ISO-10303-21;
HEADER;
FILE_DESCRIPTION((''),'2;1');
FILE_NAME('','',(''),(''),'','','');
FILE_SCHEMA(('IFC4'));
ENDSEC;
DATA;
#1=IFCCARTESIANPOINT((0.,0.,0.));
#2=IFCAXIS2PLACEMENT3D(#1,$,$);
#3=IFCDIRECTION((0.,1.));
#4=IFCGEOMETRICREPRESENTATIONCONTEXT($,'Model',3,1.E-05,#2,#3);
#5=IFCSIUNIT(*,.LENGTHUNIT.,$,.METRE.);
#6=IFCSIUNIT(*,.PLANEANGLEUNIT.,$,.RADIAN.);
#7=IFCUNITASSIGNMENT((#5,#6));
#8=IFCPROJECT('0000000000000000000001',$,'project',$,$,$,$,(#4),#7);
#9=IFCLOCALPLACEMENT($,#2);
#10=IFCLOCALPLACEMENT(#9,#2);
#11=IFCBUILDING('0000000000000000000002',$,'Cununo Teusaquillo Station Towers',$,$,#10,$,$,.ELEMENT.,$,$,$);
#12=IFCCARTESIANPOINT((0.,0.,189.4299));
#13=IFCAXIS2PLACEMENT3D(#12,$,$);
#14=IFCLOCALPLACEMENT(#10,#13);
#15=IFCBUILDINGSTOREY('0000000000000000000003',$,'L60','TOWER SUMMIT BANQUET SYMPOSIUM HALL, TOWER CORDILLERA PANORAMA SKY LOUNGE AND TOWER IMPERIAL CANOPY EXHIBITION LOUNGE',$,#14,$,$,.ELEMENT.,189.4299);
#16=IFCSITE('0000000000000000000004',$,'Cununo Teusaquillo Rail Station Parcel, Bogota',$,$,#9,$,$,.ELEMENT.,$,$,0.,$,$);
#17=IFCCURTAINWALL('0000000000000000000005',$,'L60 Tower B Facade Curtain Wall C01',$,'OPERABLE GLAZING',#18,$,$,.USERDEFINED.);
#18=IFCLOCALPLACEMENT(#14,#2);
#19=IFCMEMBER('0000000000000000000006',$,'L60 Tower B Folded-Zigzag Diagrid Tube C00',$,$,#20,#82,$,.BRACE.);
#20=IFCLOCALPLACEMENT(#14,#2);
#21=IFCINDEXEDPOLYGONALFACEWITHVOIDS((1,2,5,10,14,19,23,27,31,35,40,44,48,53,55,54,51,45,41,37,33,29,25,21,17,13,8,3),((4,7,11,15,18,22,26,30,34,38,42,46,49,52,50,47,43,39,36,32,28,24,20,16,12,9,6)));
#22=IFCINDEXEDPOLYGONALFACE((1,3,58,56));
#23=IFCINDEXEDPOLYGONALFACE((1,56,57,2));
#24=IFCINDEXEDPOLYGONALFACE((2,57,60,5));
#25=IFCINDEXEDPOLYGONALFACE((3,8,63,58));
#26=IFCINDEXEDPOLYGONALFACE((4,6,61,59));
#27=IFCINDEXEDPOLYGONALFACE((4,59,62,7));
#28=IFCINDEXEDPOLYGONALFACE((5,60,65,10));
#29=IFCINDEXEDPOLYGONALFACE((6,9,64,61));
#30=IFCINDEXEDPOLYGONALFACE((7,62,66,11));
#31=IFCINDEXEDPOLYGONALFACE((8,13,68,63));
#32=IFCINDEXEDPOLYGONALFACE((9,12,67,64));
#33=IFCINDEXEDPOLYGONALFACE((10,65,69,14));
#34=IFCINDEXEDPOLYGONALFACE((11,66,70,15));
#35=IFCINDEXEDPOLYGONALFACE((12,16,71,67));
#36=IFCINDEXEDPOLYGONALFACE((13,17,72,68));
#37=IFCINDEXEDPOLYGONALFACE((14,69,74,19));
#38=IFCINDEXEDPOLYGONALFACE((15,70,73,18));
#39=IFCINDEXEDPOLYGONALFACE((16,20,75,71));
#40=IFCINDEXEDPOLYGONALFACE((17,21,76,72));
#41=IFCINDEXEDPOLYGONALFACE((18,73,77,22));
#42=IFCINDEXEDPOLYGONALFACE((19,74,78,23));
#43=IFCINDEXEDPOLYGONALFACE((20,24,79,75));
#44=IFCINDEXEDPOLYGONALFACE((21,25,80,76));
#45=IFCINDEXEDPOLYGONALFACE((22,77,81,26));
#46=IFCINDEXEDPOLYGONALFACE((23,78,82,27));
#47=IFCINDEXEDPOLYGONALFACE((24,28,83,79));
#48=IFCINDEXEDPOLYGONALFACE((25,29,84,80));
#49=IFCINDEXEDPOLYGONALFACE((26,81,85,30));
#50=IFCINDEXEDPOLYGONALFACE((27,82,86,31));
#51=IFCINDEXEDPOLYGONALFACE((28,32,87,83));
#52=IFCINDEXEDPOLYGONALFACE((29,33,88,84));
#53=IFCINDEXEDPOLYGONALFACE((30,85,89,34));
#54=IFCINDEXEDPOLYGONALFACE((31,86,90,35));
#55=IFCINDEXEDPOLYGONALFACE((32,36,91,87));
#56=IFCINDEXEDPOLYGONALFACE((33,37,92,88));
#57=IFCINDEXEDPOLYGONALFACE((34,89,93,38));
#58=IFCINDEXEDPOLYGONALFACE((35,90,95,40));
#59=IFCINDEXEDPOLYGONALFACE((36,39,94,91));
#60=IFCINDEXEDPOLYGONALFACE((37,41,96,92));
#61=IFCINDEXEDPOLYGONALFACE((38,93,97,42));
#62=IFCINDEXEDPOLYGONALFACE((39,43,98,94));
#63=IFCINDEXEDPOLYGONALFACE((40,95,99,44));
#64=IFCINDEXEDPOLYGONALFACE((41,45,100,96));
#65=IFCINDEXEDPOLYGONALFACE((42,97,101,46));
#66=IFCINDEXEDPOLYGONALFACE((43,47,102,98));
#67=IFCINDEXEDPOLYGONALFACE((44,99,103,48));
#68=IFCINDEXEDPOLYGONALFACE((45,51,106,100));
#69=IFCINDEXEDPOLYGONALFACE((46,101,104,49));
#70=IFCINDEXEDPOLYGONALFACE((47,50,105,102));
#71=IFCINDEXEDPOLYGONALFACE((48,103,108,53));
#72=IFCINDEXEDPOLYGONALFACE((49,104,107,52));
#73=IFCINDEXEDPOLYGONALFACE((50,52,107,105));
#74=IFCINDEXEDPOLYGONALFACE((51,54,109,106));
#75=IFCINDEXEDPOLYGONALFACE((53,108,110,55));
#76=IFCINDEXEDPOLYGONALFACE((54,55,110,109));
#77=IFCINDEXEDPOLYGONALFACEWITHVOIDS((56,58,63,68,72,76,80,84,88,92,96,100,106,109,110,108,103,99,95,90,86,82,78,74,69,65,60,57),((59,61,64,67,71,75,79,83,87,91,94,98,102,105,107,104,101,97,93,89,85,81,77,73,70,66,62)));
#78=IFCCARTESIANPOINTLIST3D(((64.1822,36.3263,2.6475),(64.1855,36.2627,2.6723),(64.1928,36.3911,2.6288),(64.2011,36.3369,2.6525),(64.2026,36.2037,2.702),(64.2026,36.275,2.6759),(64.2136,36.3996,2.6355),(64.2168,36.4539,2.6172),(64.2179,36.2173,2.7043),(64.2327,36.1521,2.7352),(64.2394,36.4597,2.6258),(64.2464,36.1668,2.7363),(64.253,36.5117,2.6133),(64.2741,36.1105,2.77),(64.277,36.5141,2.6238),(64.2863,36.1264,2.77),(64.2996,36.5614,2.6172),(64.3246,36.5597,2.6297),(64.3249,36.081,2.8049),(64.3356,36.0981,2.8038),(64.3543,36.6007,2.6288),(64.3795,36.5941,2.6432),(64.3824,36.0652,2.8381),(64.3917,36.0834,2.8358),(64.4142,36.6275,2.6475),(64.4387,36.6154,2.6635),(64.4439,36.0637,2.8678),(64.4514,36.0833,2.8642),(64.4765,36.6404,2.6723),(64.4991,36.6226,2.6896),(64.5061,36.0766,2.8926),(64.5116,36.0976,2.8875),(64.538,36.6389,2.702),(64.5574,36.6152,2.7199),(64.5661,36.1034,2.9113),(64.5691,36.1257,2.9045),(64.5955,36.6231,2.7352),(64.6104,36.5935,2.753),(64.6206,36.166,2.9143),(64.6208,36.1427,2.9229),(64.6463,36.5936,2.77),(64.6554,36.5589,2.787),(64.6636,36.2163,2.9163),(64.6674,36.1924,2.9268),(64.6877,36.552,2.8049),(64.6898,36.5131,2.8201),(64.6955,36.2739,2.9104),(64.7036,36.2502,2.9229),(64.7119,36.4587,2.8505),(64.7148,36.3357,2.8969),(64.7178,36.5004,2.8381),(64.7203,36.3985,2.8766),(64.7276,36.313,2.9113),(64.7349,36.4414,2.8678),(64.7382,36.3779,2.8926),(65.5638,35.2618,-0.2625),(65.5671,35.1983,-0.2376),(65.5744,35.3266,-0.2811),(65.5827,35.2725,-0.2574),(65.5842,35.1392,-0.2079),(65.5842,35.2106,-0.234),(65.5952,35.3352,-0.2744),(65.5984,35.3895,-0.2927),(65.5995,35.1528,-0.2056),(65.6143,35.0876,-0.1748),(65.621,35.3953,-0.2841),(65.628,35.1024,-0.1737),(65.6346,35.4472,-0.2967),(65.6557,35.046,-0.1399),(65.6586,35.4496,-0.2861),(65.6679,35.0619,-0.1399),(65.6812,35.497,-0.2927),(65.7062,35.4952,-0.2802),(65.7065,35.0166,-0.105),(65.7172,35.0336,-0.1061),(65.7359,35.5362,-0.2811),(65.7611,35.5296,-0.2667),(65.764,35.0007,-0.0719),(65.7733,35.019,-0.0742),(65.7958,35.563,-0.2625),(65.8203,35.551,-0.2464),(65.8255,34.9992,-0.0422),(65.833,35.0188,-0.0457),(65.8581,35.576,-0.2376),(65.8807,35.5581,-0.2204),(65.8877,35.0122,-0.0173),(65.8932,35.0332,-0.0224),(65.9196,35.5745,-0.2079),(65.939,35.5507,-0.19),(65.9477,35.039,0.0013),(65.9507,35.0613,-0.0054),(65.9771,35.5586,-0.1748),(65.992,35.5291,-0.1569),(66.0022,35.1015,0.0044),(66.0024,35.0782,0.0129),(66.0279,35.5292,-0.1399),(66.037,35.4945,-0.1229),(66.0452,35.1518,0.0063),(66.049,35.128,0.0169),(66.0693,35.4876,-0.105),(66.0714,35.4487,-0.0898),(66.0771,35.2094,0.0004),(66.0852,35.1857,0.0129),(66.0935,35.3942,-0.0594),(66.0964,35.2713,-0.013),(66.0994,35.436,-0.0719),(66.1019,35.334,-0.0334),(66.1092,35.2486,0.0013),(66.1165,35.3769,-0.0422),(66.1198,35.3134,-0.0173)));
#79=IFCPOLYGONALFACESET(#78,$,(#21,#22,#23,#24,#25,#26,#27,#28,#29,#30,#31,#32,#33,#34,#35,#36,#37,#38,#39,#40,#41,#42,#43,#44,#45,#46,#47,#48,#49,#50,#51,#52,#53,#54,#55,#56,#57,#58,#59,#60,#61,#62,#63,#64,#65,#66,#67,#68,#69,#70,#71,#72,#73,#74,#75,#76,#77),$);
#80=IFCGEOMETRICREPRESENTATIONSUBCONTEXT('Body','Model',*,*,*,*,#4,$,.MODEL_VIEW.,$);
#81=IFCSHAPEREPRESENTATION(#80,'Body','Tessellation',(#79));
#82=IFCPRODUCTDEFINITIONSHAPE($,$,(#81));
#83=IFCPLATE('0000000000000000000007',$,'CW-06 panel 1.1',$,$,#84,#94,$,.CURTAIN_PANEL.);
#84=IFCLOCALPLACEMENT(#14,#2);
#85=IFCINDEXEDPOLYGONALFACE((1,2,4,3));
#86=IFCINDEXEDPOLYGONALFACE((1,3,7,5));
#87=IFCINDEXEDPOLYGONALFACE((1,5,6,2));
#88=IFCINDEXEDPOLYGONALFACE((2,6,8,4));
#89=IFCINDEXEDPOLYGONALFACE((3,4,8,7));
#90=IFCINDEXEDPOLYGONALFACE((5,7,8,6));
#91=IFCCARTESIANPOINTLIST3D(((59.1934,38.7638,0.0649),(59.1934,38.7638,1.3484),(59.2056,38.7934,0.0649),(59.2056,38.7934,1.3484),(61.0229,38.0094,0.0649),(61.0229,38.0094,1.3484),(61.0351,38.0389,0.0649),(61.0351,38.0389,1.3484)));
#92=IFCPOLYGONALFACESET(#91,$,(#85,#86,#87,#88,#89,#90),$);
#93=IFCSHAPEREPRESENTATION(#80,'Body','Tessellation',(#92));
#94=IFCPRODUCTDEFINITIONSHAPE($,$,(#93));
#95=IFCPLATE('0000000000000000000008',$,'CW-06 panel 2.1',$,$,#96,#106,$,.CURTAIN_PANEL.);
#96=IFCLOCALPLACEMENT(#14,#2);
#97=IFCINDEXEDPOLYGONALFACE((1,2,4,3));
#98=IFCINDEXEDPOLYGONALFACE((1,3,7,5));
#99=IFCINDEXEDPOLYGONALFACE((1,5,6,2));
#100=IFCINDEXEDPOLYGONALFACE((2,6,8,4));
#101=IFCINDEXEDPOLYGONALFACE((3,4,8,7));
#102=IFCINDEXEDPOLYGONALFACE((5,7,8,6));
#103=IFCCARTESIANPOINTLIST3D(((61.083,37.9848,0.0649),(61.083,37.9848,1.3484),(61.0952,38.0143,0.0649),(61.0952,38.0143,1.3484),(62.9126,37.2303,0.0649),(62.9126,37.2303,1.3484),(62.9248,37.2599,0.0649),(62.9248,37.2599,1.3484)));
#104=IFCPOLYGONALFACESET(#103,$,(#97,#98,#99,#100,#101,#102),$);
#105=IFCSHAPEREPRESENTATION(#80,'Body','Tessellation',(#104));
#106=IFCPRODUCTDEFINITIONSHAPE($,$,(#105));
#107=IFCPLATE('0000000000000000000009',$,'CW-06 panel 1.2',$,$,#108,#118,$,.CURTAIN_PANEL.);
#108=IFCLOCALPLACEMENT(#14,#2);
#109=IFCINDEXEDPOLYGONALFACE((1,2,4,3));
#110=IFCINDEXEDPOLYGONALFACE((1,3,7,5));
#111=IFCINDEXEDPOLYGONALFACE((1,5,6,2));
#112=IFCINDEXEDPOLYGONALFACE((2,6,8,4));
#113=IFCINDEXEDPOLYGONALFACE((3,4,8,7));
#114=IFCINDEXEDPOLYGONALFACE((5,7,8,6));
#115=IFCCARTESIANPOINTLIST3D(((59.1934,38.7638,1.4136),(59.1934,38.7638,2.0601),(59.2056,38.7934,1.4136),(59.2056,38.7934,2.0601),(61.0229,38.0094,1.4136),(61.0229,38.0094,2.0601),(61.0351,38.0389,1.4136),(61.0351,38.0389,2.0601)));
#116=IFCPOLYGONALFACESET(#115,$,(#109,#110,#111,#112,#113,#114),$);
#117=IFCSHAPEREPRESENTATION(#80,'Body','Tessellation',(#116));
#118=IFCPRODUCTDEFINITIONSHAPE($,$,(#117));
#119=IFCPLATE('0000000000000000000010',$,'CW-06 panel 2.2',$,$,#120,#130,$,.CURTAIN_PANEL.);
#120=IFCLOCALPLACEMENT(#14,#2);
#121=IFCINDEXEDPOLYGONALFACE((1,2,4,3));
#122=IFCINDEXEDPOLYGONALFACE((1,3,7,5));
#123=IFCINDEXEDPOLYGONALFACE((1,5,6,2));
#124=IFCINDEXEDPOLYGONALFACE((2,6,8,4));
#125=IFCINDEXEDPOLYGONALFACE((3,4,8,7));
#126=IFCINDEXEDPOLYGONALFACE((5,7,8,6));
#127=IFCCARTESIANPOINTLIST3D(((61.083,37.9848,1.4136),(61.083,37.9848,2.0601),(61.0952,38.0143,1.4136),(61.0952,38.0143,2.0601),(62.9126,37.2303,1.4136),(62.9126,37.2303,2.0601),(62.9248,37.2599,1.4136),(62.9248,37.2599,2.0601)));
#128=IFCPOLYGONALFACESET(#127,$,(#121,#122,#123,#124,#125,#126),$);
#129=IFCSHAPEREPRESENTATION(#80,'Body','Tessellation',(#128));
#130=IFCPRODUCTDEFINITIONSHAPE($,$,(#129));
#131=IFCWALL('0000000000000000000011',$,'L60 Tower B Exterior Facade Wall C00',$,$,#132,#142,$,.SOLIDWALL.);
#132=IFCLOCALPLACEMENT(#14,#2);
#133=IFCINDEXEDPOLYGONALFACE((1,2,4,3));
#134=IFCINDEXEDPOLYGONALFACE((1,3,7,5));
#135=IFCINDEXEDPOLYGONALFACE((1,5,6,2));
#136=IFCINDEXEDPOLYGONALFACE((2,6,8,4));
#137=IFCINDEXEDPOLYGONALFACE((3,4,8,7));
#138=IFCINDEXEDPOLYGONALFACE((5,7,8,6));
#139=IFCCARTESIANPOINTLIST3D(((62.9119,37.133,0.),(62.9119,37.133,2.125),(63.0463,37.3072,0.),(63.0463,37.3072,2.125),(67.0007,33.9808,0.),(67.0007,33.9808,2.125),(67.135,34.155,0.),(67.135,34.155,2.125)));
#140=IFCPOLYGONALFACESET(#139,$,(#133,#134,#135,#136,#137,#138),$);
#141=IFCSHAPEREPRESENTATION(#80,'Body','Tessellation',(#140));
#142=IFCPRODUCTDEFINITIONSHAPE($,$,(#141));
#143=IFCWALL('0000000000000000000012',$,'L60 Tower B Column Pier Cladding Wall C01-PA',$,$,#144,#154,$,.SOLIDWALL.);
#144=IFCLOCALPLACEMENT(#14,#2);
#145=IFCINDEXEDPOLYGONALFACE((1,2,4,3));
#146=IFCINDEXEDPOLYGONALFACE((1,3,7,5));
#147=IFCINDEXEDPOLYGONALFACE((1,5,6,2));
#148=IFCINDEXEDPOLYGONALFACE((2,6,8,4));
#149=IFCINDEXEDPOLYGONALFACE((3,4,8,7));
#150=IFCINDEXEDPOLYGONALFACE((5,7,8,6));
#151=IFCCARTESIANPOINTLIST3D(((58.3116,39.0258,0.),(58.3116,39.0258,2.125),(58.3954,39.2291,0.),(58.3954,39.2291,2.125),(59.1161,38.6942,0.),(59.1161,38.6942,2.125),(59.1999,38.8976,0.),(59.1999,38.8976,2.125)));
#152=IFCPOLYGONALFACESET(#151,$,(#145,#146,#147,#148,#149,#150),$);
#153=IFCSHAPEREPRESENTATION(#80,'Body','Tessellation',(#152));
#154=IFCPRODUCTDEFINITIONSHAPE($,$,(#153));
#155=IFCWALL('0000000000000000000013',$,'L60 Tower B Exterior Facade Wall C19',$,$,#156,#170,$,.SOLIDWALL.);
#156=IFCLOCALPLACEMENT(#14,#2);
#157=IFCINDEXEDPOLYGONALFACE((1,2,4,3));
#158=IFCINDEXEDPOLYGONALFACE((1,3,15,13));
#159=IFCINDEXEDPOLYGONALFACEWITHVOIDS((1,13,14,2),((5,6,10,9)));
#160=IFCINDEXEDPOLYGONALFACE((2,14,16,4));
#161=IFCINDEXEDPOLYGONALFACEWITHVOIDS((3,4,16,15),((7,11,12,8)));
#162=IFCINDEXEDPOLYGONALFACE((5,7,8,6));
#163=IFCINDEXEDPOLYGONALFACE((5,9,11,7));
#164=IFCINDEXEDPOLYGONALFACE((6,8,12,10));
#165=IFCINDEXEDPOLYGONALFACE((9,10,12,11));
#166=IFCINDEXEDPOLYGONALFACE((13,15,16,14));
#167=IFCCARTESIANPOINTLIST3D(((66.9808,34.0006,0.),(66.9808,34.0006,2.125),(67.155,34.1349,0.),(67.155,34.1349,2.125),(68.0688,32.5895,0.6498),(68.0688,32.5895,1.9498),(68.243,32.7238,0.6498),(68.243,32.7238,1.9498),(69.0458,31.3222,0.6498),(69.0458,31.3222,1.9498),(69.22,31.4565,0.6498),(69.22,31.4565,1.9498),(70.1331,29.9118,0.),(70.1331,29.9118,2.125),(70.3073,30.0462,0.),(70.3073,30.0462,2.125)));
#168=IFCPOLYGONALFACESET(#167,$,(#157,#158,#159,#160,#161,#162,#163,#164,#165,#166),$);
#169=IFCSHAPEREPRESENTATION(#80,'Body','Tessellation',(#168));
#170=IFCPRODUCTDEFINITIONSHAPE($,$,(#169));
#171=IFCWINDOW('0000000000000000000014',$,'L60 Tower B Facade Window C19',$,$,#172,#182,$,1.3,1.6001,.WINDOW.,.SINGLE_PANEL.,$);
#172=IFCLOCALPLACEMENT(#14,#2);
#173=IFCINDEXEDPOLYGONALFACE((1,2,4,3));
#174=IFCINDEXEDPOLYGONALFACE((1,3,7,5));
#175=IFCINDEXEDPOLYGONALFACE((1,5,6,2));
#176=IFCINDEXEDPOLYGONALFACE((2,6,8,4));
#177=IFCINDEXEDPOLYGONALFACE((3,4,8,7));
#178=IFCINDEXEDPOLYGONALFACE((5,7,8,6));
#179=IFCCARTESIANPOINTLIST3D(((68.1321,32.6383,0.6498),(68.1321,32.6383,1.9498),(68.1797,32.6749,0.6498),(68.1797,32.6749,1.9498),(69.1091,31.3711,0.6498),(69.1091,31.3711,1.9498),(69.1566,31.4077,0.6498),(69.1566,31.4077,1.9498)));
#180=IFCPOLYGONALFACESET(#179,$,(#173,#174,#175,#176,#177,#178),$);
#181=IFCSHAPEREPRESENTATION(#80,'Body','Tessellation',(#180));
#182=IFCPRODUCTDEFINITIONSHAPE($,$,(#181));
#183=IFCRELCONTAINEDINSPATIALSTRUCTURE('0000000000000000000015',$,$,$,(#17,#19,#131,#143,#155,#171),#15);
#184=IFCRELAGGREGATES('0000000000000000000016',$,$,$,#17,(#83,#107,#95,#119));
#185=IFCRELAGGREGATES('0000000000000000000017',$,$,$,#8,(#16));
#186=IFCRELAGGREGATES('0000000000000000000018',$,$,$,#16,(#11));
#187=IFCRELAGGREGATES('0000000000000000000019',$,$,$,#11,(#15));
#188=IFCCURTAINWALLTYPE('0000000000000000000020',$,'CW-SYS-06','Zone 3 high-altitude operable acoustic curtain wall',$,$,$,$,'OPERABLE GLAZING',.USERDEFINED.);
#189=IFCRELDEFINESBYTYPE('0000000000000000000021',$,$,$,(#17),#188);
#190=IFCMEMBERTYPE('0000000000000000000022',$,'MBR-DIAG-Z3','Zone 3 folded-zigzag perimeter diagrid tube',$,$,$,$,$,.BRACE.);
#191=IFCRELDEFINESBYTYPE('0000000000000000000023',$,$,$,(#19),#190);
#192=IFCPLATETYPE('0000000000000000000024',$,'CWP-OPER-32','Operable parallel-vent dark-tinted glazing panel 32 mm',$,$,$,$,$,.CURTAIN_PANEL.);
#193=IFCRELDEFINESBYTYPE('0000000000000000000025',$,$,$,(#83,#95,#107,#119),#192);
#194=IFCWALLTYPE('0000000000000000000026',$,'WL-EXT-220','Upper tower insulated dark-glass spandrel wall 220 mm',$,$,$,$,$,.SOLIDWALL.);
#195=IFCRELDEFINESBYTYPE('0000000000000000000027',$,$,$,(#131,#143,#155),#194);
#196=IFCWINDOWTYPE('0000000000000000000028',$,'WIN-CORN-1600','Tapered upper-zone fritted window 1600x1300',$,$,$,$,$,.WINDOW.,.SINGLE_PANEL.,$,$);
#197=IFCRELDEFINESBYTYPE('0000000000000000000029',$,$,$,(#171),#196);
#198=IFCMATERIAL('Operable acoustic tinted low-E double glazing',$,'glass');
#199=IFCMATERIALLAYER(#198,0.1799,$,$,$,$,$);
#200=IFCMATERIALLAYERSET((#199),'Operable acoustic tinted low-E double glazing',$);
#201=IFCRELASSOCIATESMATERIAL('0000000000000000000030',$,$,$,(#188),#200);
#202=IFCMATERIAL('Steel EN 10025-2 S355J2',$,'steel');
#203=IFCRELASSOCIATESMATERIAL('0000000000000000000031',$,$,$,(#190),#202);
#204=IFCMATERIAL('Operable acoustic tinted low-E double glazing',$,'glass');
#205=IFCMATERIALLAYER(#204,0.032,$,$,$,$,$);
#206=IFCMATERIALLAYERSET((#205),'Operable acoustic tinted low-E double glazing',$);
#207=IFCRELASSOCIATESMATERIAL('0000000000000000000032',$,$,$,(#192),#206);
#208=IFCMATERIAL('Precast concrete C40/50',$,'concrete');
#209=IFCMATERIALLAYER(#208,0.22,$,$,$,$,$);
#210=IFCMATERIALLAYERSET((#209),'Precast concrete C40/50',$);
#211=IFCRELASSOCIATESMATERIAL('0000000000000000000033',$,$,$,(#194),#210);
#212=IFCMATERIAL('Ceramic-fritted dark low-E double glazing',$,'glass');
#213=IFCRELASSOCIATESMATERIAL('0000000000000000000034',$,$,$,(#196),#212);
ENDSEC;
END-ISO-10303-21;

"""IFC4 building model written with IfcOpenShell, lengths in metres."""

from ifc_helpers import new_model, si_unit, direction, frame, frame_2d, origin, origin_2d, place, context, subcontext, project, spatial, rectangle, hollow_circle, extrude, source, transform, mapped, material, layer, layer_set, material_profile, profile_set, type_object, element, fill, aggregate, save


model = new_model("IFC4")

# Units and contexts
model_context = context("Model", 3, precision=1e-05, world=origin(), true_north=direction((0.0, 1.0)))
body_context = subcontext(model_context, "Body", "Model", "MODEL_VIEW")
ifc_project = project(units=[si_unit("LENGTHUNIT", "METRE"), si_unit("PLANEANGLEUNIT", "RADIAN")], contexts=[model_context])

# Site, building, storey
site_placement = place(None, origin())
site = spatial("IfcSite", under=ifc_project, at=site_placement, Name="Cununo Teusaquillo Rail Station Parcel, Bogota", CompositionType="ELEMENT", RefElevation=0.0)
building_placement = place(site_placement, origin())
building = spatial("IfcBuilding", under=site, at=building_placement, Name="Cununo Teusaquillo Station Towers", CompositionType="ELEMENT")
storey_placement = place(building_placement, frame((0.0, 0.0, 189.4299)))
storey = spatial("IfcBuildingStorey", under=building, at=storey_placement, Name="L60", Description="TOWER SUMMIT BANQUET SYMPOSIUM HALL, TOWER CORDILLERA PANORAMA SKY LOUNGE AND TOWER IMPERIAL CANOPY EXHIBITION LOUNGE", CompositionType="ELEMENT", Elevation=189.4299)

# Curtain wall
ifc_material_1 = material(Name="Operable acoustic tinted low-E double glazing", Category="glass")
ifc_layer_1 = layer(ifc_material_1, 0.1799)
ifc_layer_set_1 = layer_set([ifc_layer_1], Name="Operable acoustic tinted low-E double glazing")
curtain_wall_type = type_object("IfcCurtainWallType", Name="CW-SYS-06", Description="Zone 3 high-altitude operable acoustic curtain wall", ElementType="OPERABLE GLAZING", PredefinedType="USERDEFINED", material=ifc_layer_set_1)
curtain_wall_placement = place(storey_placement, origin())
curtain_wall = element("IfcCurtainWall", 1, at=curtain_wall_placement, inside=storey, type_object=curtain_wall_type, Name="L60 Tower B Facade Curtain Wall C01", ObjectType="OPERABLE GLAZING", PredefinedType="USERDEFINED")

# Member
ifc_material_2 = material(Name="Steel EN 10025-2 S355J2", Category="steel")
ifc_material_profile_1 = material_profile(ifc_material_2, hollow_circle(Radius=0.3049, WallThickness=0.02, at=origin_2d()), Name="CHS 610x20")
ifc_profile_set_1 = profile_set([ifc_material_profile_1], Name="Steel EN 10025-2 S355J2")
member_type_1 = type_object("IfcMemberType", Name="MBR-DIAG-Z3", Description="Zone 3 folded-zigzag perimeter diagrid tube", PredefinedType="BRACE", material=ifc_profile_set_1)
member_1_placement = place(storey_placement, frame((65.8418, 35.2876, -0.1399), z_axis=(-0.407242, 0.313761, 0.857734), x_axis=(-0.610319, -0.792155, 0.0)))
element("IfcMember", 2, at=member_1_placement, inside=storey, type_object=member_type_1, Name="L60 Tower B Folded-Zigzag Diagrid Tube C00", PredefinedType="BRACE", context=body_context, shape_type="SweptSolid", body=[
    extrude(hollow_circle(Radius=0.3049, WallThickness=0.02, at=origin_2d()), origin(), (0.0, 0.0, 1.0), 3.3926),
])

# Plates
ifc_material_3 = material(Name="Operable acoustic tinted low-E double glazing", Category="glass")
ifc_layer_2 = layer(ifc_material_3, 0.032)
ifc_layer_set_2 = layer_set([ifc_layer_2], Name="Operable acoustic tinted low-E double glazing")
plate_type = type_object("IfcPlateType", Name="CWP-OPER-32", Description="Operable parallel-vent dark-tinted glazing panel 32 mm", PredefinedType="CURTAIN_PANEL", material=ifc_layer_set_2)
shared_shape_1 = source(origin(), body_context, "Body", "SweptSolid", [
    extrude(rectangle(XDim=1.979, YDim=0.032, at=origin_2d()), origin(), (0.0, 0.0, 1.0), 1.2834),
])
plate_1_placement = place(storey_placement, frame((60.1143, 38.4014, 0.0649), z_axis=(0.0, 0.0, 1.0), x_axis=(0.924481, -0.381229, 0.0)))
plate_1 = element("IfcPlate", 3, at=plate_1_placement, type_object=plate_type, Name="CW-06 panel 1.1", PredefinedType="CURTAIN_PANEL", context=body_context, shape_type="MappedRepresentation", body=[
    mapped(shared_shape_1, transform((0.0, 0.0, 0.0), x_axis=(1.0, 0.0, 0.0), y_axis=(0.0, 1.0, 0.0), z_axis=(0.0, 0.0, 1.0), scale=1.0)),
])
plate_2_placement = place(storey_placement, frame((62.0039, 37.6223, 0.0649), z_axis=(0.0, 0.0, 1.0), x_axis=(0.924481, -0.381229, 0.0)))
plate_2 = element("IfcPlate", 4, at=plate_2_placement, type_object=plate_type, Name="CW-06 panel 2.1", PredefinedType="CURTAIN_PANEL", context=body_context, shape_type="MappedRepresentation", body=[
    mapped(shared_shape_1, transform((0.0, 0.0, 0.0), x_axis=(1.0, 0.0, 0.0), y_axis=(0.0, 1.0, 0.0), z_axis=(0.0, 0.0, 1.0), scale=1.0)),
])
shared_shape_2 = source(origin(), body_context, "Body", "SweptSolid", [
    extrude(rectangle(XDim=1.979, YDim=0.032, at=origin_2d()), origin(), (0.0, 0.0, 1.0), 0.6465),
])
plate_3_placement = place(storey_placement, frame((60.1143, 38.4014, 1.4136), z_axis=(0.0, 0.0, 1.0), x_axis=(0.924481, -0.381229, 0.0)))
plate_3 = element("IfcPlate", 5, at=plate_3_placement, type_object=plate_type, Name="CW-06 panel 1.2", PredefinedType="CURTAIN_PANEL", context=body_context, shape_type="MappedRepresentation", body=[
    mapped(shared_shape_2, transform((0.0, 0.0, 0.0), x_axis=(1.0, 0.0, 0.0), y_axis=(0.0, 1.0, 0.0), z_axis=(0.0, 0.0, 1.0), scale=1.0)),
])
plate_4_placement = place(storey_placement, frame((62.0039, 37.6223, 1.4136), z_axis=(0.0, 0.0, 1.0), x_axis=(0.924481, -0.381229, 0.0)))
plate_4 = element("IfcPlate", 6, at=plate_4_placement, type_object=plate_type, Name="CW-06 panel 2.2", PredefinedType="CURTAIN_PANEL", context=body_context, shape_type="MappedRepresentation", body=[
    mapped(shared_shape_2, transform((0.0, 0.0, 0.0), x_axis=(1.0, 0.0, 0.0), y_axis=(0.0, 1.0, 0.0), z_axis=(0.0, 0.0, 1.0), scale=1.0)),
])
aggregate(curtain_wall, [plate_1, plate_3, plate_2, plate_4])

# Walls
ifc_material_4 = material(Name="Precast concrete C40/50", Category="concrete")
ifc_layer_3 = layer(ifc_material_4, 0.22)
ifc_layer_set_3 = layer_set([ifc_layer_3], Name="Precast concrete C40/50")
wall_type = type_object("IfcWallType", Name="WL-EXT-220", Description="Upper tower insulated dark-glass spandrel wall 220 mm", PredefinedType="SOLIDWALL", material=ifc_layer_set_3)
wall_1_placement = place(storey_placement, frame((62.979, 37.2202, 0.0), z_axis=(0.0, 0.0, 1.0), x_axis=(0.791963, -0.61057, 0.0)))
element("IfcWall", 7, at=wall_1_placement, inside=storey, type_object=wall_type, Name="L60 Tower B Exterior Facade Wall C00", PredefinedType="SOLIDWALL", context=body_context, shape_type="SweptSolid", body=[
    extrude(rectangle(XDim=5.1628, YDim=0.22, at=frame_2d((2.5815, 0.0))), origin(), (0.0, 0.0, 1.0), 2.125),
])
wall_2_placement = place(storey_placement, frame((58.3535, 39.1274, 0.0), z_axis=(0.0, 0.0, 1.0), x_axis=(0.924556, -0.381046, 0.0)))
element("IfcWall", 8, at=wall_2_placement, inside=storey, type_object=wall_type, Name="L60 Tower B Column Pier Cladding Wall C01-PA", PredefinedType="SOLIDWALL", context=body_context, shape_type="SweptSolid", body=[
    extrude(rectangle(XDim=0.8701, YDim=0.22, at=frame_2d((0.4351, 0.0))), origin(), (0.0, 0.0, 1.0), 2.125),
])

# Wall, opening, window
wall_3_placement = place(storey_placement, frame((67.0679, 34.0679, 0.0), z_axis=(0.0, 0.0, 1.0), x_axis=(0.61057, -0.791963, 0.0)))
wall_3 = element("IfcWall", 9, at=wall_3_placement, inside=storey, type_object=wall_type, Name="L60 Tower B Exterior Facade Wall C19", PredefinedType="SOLIDWALL", context=body_context, shape_type="SweptSolid", body=[
    extrude(rectangle(XDim=5.1628, YDim=0.22, at=frame_2d((2.5815, 0.0))), origin(), (0.0, 0.0, 1.0), 2.125),
])
shared_shape_3 = source(origin(), body_context, "Body", "SweptSolid", [
    extrude(rectangle(XDim=1.6001, YDim=1.3, at=frame_2d((0.8, 0.6499))), frame((0.0, 0.1199, 0.0), z_axis=(0.0, -1.0, 0.0), x_axis=(1.0, 0.0, 0.0)), (0.0, 0.0, 1.0), 0.24),
])
opening_placement = place(wall_3_placement, frame((1.782, 0.0, 0.6499)))
opening = element("IfcOpeningElement", 10, at=opening_placement, cuts=wall_3, PredefinedType="OPENING", context=body_context, shape_type="MappedRepresentation", body=[
    mapped(shared_shape_3, transform((0.0, 0.0, 0.0), x_axis=(1.0, 0.0, 0.0), y_axis=(0.0, 1.0, 0.0), z_axis=(0.0, 0.0, 1.0), scale=1.0)),
])
ifc_material_5 = material(Name="Ceramic-fritted dark low-E double glazing", Category="glass")
window_type = type_object("IfcWindowType", Name="WIN-CORN-1600", Description="Tapered upper-zone fritted window 1600x1300", PartitioningType="SINGLE_PANEL", PredefinedType="WINDOW", material=ifc_material_5)
shared_shape_4 = source(origin(), body_context, "Body", "SweptSolid", [
    extrude(rectangle(XDim=1.6001, YDim=1.3, at=frame_2d((0.8, 0.6499))), frame((0.0, 0.03, 0.0), z_axis=(0.0, -1.0, 0.0), x_axis=(1.0, 0.0, 0.0)), (0.0, 0.0, 1.0), 0.0601),
])
window_placement = place(opening_placement, origin())
window = element("IfcWindow", 11, at=window_placement, inside=storey, type_object=window_type, Name="L60 Tower B Facade Window C19", OverallHeight=1.3, OverallWidth=1.6001, PartitioningType="SINGLE_PANEL", PredefinedType="WINDOW", context=body_context, shape_type="MappedRepresentation", body=[
    mapped(shared_shape_4, transform((0.0, 0.0, 0.0), x_axis=(1.0, 0.0, 0.0), y_axis=(0.0, 1.0, 0.0), z_axis=(0.0, 0.0, 1.0), scale=1.0)),
])
fill(opening, window)

save(model, "model.ifc")
